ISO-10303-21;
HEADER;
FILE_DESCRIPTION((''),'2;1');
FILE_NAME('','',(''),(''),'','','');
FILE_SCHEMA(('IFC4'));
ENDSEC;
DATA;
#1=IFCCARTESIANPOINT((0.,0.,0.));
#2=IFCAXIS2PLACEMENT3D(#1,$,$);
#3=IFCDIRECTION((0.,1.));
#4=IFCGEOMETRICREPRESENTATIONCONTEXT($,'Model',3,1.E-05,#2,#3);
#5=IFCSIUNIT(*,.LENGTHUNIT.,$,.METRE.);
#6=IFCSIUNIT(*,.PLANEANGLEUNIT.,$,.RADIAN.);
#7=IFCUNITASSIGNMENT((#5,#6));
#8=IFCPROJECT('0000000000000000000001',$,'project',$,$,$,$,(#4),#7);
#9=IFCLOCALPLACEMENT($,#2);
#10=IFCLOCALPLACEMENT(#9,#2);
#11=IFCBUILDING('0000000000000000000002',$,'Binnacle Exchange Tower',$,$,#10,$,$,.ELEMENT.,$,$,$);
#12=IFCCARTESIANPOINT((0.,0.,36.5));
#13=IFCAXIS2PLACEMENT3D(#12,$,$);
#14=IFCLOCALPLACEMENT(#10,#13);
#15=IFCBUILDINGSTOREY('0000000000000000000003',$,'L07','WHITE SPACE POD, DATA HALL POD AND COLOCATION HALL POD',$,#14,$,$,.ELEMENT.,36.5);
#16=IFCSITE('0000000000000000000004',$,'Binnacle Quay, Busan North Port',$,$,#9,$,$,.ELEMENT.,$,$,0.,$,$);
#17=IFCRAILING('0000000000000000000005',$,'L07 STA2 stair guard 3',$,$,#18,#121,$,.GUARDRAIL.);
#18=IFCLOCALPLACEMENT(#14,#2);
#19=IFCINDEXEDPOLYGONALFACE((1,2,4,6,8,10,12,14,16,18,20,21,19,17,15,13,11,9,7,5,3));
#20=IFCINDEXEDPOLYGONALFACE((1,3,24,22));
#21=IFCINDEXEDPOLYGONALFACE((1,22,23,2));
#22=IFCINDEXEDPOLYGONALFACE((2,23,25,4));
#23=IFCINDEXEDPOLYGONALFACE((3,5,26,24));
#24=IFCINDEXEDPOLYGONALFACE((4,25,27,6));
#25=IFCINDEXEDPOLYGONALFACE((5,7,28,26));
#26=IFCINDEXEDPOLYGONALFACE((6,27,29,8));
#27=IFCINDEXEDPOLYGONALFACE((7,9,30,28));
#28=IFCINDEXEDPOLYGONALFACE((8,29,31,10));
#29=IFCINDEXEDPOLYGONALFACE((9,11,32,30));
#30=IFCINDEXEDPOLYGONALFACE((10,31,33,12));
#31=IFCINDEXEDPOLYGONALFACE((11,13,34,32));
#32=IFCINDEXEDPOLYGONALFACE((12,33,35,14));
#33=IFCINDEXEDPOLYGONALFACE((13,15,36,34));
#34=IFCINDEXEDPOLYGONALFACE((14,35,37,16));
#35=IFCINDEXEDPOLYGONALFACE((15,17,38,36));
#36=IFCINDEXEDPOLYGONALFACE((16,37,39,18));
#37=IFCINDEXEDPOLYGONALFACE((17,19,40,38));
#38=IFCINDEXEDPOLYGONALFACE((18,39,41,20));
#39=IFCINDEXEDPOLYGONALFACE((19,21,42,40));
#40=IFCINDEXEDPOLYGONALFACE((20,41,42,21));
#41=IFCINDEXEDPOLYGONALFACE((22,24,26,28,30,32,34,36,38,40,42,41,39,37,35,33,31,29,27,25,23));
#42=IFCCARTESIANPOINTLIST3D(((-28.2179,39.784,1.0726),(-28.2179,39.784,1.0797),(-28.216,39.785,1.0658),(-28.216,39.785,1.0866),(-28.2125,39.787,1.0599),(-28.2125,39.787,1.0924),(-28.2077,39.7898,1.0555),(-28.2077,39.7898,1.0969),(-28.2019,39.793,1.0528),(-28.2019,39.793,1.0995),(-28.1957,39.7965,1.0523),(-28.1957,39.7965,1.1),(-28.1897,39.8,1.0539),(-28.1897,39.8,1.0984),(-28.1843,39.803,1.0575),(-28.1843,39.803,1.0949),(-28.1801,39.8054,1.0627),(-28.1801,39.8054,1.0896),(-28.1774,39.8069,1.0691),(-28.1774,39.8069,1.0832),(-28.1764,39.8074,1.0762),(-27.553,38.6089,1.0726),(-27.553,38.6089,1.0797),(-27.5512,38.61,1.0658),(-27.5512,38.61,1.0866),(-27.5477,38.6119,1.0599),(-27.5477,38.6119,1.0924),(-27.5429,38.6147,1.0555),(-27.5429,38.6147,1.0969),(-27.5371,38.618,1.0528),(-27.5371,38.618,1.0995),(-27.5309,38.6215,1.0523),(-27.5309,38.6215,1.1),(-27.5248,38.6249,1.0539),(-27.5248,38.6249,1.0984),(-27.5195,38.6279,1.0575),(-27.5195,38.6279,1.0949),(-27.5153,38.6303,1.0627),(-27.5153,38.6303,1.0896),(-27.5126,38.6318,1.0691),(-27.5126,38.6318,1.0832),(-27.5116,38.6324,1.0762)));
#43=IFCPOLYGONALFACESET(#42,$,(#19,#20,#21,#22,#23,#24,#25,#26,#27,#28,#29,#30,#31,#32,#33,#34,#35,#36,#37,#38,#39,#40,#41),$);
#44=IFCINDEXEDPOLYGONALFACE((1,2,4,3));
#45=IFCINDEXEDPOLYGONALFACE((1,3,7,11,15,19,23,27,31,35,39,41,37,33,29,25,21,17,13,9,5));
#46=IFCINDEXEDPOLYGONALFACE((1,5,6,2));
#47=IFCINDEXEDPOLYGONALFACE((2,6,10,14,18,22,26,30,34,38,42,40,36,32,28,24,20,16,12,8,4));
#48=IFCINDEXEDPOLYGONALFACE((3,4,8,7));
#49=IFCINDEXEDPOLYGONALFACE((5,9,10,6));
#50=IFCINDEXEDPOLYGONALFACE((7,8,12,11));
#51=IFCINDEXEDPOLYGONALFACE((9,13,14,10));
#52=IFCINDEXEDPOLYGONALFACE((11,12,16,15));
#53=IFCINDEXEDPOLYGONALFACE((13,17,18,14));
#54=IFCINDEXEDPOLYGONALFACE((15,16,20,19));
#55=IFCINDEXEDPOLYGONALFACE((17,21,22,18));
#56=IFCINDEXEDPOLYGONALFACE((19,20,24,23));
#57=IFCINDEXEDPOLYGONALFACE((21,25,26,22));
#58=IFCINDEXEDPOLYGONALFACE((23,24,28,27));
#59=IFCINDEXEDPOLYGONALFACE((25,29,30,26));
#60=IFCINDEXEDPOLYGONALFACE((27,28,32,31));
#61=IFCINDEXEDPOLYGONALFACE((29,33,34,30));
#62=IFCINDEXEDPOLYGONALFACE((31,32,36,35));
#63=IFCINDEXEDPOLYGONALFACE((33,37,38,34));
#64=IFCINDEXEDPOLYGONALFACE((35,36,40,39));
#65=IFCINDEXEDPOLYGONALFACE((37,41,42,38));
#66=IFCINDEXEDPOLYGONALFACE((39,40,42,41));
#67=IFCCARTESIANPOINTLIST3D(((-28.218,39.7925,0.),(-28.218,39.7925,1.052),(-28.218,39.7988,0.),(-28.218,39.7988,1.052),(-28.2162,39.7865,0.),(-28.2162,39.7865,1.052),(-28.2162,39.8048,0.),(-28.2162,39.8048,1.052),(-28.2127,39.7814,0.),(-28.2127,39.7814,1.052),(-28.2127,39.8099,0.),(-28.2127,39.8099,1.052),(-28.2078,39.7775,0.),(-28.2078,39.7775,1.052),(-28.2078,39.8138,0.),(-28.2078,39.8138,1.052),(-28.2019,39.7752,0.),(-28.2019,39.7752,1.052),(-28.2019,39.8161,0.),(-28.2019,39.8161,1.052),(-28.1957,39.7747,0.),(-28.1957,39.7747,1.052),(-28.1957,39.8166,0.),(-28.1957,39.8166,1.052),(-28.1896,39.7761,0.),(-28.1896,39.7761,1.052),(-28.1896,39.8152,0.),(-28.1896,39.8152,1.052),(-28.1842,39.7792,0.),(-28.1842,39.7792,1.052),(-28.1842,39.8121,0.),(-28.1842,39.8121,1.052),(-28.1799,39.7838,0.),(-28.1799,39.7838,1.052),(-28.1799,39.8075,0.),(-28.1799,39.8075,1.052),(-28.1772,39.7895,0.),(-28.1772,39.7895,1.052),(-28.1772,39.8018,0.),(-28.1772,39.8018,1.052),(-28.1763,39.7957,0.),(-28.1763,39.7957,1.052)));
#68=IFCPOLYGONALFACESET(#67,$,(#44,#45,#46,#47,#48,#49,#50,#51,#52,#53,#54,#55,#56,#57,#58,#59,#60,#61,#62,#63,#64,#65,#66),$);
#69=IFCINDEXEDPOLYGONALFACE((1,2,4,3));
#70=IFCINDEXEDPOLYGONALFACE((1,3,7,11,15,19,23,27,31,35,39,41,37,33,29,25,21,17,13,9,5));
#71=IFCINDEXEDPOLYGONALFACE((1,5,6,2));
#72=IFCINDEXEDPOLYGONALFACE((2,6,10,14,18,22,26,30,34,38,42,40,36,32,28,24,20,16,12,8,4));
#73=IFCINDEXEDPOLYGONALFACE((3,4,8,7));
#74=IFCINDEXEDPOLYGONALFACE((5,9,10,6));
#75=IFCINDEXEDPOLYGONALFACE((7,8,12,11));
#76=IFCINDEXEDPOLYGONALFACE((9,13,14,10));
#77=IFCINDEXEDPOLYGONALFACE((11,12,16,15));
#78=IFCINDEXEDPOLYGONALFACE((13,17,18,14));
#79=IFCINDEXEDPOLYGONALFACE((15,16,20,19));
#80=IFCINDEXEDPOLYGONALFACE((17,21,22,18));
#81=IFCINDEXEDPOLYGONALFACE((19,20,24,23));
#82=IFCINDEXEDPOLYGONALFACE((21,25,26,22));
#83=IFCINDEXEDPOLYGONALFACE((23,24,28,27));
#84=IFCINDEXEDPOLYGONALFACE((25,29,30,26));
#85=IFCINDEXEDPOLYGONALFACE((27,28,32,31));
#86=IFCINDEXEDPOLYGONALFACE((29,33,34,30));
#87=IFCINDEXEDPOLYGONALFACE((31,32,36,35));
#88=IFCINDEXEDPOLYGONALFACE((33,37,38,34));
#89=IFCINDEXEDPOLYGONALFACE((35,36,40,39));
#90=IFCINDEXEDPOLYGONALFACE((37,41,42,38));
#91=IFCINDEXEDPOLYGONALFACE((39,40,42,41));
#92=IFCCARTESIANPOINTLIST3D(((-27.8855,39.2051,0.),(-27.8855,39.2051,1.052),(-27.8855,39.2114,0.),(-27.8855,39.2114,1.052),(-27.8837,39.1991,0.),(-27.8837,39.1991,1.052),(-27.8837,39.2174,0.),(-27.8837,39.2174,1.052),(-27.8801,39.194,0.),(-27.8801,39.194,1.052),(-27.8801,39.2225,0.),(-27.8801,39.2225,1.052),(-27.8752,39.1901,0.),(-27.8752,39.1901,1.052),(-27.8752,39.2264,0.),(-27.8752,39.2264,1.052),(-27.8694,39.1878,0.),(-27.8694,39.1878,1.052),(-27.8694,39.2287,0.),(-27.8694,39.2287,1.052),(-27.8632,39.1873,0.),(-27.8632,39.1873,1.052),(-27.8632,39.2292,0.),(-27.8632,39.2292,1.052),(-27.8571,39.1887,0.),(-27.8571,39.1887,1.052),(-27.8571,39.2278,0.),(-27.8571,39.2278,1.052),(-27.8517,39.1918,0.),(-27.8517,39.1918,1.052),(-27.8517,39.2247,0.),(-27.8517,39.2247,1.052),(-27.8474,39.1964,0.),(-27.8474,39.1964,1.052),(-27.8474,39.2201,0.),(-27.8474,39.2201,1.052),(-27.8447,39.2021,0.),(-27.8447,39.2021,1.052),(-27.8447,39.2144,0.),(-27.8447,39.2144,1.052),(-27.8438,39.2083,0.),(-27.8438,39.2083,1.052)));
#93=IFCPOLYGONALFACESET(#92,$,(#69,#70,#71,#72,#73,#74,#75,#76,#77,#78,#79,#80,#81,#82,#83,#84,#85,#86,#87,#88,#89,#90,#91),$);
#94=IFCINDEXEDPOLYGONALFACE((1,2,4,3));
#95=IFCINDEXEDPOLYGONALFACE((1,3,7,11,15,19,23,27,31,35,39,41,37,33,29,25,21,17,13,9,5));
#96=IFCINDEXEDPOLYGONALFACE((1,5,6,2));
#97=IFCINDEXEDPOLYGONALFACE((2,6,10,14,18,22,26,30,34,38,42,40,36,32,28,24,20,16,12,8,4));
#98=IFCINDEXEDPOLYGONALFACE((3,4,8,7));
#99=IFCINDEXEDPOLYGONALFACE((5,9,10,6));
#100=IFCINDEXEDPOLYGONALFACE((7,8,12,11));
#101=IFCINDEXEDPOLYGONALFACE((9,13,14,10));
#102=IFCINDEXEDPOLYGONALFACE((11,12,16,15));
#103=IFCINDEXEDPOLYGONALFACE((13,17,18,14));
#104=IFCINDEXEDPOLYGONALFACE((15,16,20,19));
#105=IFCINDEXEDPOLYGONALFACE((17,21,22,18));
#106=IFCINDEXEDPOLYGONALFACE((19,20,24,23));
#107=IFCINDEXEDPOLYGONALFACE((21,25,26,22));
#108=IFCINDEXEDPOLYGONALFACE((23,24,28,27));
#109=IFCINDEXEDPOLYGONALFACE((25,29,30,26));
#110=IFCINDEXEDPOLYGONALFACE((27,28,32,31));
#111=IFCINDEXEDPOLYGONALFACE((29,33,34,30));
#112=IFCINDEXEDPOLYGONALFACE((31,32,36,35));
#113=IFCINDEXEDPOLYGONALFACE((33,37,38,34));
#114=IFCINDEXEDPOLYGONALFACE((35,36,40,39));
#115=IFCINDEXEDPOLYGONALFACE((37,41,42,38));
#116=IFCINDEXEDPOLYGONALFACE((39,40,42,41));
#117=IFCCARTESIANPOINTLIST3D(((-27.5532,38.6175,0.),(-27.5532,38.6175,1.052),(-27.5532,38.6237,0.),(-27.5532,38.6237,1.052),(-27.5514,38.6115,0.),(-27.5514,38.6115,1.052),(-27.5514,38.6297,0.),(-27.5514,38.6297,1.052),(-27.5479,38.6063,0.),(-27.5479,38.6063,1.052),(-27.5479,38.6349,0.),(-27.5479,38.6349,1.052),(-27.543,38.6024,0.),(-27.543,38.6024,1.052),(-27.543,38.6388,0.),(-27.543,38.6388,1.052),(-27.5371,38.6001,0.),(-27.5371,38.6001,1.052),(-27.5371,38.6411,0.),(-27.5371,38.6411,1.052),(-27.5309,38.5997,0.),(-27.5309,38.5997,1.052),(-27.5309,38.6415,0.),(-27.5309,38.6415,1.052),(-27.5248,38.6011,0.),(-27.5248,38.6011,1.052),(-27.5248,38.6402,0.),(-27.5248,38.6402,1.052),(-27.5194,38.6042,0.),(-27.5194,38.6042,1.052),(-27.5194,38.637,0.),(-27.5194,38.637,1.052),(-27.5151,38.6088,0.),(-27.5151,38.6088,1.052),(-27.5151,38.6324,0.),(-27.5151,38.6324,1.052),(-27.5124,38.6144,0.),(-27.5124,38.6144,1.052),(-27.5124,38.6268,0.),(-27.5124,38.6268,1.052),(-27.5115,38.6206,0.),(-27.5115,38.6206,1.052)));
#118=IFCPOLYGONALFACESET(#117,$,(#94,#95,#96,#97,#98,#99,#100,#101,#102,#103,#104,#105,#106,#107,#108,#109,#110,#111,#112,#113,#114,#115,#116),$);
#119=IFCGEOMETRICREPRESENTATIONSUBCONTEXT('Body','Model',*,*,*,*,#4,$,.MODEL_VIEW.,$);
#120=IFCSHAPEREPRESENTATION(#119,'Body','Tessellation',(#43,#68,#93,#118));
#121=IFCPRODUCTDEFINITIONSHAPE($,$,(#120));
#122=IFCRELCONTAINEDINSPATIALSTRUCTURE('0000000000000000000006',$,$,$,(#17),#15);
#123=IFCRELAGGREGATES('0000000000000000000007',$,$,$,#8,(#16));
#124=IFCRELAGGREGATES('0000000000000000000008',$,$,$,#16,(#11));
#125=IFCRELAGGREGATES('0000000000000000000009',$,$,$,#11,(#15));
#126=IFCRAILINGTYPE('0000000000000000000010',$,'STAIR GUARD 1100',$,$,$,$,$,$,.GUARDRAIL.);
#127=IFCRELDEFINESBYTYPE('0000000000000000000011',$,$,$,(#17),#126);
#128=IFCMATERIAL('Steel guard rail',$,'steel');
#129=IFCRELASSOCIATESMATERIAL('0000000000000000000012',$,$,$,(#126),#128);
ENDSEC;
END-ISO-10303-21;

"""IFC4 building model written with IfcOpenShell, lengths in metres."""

from ifc_helpers import new_model, si_unit, direction, frame, origin, origin_2d, place, context, subcontext, project, spatial, circle, extrude, material, type_object, element, save


model = new_model("IFC4")

# Units and contexts
model_context = context("Model", 3, precision=1e-05, world=origin(), true_north=direction((0.0, 1.0)))
body_context = subcontext(model_context, "Body", "Model", "MODEL_VIEW")
ifc_project = project(units=[si_unit("LENGTHUNIT", "METRE"), si_unit("PLANEANGLEUNIT", "RADIAN")], contexts=[model_context])

# Site, building, storey
site_placement = place(None, origin())
site = spatial("IfcSite", under=ifc_project, at=site_placement, Name="Binnacle Quay, Busan North Port", CompositionType="ELEMENT", RefElevation=0.0)
building_placement = place(site_placement, origin())
building = spatial("IfcBuilding", under=site, at=building_placement, Name="Binnacle Exchange Tower", CompositionType="ELEMENT")
storey_placement = place(building_placement, frame((0.0, 0.0, 36.5)))
storey = spatial("IfcBuildingStorey", under=building, at=storey_placement, Name="L07", Description="WHITE SPACE POD, DATA HALL POD AND COLOCATION HALL POD", CompositionType="ELEMENT", Elevation=36.5)

# Railing
ifc_material_1 = material(Name="Steel guard rail", Category="steel")
railing_type_1 = type_object("IfcRailingType", Name="STAIR GUARD 1100", PredefinedType="GUARDRAIL", material=ifc_material_1)
railing_1_placement = place(storey_placement, frame((-28.1973, 39.7957, 0.0)))
element("IfcRailing", 1, at=railing_1_placement, inside=storey, type_object=railing_type_1, Name="L07 STA2 stair guard 3", PredefinedType="GUARDRAIL", context=body_context, shape_type="SweptSolid", body=[
    extrude(circle(Radius=0.0239, at=origin_2d()), frame((0.0, 0.0, 1.0762), z_axis=(0.492415, -0.870361, 0.0), x_axis=(0.870361, 0.492415, 0.0)), (0.0, 0.0, 1.0), 1.3501),
    extrude(circle(Radius=0.021, at=origin_2d()), origin(), (0.0, 0.0, 1.0), 1.052),
    extrude(circle(Radius=0.021, at=origin_2d()), frame((0.3325, -0.5874, 0.0)), (0.0, 0.0, 1.0), 1.052),
    extrude(circle(Radius=0.021, at=origin_2d()), frame((0.6648, -1.175, 0.0)), (0.0, 0.0, 1.0), 1.052),
])

save(model, "model.ifc")
